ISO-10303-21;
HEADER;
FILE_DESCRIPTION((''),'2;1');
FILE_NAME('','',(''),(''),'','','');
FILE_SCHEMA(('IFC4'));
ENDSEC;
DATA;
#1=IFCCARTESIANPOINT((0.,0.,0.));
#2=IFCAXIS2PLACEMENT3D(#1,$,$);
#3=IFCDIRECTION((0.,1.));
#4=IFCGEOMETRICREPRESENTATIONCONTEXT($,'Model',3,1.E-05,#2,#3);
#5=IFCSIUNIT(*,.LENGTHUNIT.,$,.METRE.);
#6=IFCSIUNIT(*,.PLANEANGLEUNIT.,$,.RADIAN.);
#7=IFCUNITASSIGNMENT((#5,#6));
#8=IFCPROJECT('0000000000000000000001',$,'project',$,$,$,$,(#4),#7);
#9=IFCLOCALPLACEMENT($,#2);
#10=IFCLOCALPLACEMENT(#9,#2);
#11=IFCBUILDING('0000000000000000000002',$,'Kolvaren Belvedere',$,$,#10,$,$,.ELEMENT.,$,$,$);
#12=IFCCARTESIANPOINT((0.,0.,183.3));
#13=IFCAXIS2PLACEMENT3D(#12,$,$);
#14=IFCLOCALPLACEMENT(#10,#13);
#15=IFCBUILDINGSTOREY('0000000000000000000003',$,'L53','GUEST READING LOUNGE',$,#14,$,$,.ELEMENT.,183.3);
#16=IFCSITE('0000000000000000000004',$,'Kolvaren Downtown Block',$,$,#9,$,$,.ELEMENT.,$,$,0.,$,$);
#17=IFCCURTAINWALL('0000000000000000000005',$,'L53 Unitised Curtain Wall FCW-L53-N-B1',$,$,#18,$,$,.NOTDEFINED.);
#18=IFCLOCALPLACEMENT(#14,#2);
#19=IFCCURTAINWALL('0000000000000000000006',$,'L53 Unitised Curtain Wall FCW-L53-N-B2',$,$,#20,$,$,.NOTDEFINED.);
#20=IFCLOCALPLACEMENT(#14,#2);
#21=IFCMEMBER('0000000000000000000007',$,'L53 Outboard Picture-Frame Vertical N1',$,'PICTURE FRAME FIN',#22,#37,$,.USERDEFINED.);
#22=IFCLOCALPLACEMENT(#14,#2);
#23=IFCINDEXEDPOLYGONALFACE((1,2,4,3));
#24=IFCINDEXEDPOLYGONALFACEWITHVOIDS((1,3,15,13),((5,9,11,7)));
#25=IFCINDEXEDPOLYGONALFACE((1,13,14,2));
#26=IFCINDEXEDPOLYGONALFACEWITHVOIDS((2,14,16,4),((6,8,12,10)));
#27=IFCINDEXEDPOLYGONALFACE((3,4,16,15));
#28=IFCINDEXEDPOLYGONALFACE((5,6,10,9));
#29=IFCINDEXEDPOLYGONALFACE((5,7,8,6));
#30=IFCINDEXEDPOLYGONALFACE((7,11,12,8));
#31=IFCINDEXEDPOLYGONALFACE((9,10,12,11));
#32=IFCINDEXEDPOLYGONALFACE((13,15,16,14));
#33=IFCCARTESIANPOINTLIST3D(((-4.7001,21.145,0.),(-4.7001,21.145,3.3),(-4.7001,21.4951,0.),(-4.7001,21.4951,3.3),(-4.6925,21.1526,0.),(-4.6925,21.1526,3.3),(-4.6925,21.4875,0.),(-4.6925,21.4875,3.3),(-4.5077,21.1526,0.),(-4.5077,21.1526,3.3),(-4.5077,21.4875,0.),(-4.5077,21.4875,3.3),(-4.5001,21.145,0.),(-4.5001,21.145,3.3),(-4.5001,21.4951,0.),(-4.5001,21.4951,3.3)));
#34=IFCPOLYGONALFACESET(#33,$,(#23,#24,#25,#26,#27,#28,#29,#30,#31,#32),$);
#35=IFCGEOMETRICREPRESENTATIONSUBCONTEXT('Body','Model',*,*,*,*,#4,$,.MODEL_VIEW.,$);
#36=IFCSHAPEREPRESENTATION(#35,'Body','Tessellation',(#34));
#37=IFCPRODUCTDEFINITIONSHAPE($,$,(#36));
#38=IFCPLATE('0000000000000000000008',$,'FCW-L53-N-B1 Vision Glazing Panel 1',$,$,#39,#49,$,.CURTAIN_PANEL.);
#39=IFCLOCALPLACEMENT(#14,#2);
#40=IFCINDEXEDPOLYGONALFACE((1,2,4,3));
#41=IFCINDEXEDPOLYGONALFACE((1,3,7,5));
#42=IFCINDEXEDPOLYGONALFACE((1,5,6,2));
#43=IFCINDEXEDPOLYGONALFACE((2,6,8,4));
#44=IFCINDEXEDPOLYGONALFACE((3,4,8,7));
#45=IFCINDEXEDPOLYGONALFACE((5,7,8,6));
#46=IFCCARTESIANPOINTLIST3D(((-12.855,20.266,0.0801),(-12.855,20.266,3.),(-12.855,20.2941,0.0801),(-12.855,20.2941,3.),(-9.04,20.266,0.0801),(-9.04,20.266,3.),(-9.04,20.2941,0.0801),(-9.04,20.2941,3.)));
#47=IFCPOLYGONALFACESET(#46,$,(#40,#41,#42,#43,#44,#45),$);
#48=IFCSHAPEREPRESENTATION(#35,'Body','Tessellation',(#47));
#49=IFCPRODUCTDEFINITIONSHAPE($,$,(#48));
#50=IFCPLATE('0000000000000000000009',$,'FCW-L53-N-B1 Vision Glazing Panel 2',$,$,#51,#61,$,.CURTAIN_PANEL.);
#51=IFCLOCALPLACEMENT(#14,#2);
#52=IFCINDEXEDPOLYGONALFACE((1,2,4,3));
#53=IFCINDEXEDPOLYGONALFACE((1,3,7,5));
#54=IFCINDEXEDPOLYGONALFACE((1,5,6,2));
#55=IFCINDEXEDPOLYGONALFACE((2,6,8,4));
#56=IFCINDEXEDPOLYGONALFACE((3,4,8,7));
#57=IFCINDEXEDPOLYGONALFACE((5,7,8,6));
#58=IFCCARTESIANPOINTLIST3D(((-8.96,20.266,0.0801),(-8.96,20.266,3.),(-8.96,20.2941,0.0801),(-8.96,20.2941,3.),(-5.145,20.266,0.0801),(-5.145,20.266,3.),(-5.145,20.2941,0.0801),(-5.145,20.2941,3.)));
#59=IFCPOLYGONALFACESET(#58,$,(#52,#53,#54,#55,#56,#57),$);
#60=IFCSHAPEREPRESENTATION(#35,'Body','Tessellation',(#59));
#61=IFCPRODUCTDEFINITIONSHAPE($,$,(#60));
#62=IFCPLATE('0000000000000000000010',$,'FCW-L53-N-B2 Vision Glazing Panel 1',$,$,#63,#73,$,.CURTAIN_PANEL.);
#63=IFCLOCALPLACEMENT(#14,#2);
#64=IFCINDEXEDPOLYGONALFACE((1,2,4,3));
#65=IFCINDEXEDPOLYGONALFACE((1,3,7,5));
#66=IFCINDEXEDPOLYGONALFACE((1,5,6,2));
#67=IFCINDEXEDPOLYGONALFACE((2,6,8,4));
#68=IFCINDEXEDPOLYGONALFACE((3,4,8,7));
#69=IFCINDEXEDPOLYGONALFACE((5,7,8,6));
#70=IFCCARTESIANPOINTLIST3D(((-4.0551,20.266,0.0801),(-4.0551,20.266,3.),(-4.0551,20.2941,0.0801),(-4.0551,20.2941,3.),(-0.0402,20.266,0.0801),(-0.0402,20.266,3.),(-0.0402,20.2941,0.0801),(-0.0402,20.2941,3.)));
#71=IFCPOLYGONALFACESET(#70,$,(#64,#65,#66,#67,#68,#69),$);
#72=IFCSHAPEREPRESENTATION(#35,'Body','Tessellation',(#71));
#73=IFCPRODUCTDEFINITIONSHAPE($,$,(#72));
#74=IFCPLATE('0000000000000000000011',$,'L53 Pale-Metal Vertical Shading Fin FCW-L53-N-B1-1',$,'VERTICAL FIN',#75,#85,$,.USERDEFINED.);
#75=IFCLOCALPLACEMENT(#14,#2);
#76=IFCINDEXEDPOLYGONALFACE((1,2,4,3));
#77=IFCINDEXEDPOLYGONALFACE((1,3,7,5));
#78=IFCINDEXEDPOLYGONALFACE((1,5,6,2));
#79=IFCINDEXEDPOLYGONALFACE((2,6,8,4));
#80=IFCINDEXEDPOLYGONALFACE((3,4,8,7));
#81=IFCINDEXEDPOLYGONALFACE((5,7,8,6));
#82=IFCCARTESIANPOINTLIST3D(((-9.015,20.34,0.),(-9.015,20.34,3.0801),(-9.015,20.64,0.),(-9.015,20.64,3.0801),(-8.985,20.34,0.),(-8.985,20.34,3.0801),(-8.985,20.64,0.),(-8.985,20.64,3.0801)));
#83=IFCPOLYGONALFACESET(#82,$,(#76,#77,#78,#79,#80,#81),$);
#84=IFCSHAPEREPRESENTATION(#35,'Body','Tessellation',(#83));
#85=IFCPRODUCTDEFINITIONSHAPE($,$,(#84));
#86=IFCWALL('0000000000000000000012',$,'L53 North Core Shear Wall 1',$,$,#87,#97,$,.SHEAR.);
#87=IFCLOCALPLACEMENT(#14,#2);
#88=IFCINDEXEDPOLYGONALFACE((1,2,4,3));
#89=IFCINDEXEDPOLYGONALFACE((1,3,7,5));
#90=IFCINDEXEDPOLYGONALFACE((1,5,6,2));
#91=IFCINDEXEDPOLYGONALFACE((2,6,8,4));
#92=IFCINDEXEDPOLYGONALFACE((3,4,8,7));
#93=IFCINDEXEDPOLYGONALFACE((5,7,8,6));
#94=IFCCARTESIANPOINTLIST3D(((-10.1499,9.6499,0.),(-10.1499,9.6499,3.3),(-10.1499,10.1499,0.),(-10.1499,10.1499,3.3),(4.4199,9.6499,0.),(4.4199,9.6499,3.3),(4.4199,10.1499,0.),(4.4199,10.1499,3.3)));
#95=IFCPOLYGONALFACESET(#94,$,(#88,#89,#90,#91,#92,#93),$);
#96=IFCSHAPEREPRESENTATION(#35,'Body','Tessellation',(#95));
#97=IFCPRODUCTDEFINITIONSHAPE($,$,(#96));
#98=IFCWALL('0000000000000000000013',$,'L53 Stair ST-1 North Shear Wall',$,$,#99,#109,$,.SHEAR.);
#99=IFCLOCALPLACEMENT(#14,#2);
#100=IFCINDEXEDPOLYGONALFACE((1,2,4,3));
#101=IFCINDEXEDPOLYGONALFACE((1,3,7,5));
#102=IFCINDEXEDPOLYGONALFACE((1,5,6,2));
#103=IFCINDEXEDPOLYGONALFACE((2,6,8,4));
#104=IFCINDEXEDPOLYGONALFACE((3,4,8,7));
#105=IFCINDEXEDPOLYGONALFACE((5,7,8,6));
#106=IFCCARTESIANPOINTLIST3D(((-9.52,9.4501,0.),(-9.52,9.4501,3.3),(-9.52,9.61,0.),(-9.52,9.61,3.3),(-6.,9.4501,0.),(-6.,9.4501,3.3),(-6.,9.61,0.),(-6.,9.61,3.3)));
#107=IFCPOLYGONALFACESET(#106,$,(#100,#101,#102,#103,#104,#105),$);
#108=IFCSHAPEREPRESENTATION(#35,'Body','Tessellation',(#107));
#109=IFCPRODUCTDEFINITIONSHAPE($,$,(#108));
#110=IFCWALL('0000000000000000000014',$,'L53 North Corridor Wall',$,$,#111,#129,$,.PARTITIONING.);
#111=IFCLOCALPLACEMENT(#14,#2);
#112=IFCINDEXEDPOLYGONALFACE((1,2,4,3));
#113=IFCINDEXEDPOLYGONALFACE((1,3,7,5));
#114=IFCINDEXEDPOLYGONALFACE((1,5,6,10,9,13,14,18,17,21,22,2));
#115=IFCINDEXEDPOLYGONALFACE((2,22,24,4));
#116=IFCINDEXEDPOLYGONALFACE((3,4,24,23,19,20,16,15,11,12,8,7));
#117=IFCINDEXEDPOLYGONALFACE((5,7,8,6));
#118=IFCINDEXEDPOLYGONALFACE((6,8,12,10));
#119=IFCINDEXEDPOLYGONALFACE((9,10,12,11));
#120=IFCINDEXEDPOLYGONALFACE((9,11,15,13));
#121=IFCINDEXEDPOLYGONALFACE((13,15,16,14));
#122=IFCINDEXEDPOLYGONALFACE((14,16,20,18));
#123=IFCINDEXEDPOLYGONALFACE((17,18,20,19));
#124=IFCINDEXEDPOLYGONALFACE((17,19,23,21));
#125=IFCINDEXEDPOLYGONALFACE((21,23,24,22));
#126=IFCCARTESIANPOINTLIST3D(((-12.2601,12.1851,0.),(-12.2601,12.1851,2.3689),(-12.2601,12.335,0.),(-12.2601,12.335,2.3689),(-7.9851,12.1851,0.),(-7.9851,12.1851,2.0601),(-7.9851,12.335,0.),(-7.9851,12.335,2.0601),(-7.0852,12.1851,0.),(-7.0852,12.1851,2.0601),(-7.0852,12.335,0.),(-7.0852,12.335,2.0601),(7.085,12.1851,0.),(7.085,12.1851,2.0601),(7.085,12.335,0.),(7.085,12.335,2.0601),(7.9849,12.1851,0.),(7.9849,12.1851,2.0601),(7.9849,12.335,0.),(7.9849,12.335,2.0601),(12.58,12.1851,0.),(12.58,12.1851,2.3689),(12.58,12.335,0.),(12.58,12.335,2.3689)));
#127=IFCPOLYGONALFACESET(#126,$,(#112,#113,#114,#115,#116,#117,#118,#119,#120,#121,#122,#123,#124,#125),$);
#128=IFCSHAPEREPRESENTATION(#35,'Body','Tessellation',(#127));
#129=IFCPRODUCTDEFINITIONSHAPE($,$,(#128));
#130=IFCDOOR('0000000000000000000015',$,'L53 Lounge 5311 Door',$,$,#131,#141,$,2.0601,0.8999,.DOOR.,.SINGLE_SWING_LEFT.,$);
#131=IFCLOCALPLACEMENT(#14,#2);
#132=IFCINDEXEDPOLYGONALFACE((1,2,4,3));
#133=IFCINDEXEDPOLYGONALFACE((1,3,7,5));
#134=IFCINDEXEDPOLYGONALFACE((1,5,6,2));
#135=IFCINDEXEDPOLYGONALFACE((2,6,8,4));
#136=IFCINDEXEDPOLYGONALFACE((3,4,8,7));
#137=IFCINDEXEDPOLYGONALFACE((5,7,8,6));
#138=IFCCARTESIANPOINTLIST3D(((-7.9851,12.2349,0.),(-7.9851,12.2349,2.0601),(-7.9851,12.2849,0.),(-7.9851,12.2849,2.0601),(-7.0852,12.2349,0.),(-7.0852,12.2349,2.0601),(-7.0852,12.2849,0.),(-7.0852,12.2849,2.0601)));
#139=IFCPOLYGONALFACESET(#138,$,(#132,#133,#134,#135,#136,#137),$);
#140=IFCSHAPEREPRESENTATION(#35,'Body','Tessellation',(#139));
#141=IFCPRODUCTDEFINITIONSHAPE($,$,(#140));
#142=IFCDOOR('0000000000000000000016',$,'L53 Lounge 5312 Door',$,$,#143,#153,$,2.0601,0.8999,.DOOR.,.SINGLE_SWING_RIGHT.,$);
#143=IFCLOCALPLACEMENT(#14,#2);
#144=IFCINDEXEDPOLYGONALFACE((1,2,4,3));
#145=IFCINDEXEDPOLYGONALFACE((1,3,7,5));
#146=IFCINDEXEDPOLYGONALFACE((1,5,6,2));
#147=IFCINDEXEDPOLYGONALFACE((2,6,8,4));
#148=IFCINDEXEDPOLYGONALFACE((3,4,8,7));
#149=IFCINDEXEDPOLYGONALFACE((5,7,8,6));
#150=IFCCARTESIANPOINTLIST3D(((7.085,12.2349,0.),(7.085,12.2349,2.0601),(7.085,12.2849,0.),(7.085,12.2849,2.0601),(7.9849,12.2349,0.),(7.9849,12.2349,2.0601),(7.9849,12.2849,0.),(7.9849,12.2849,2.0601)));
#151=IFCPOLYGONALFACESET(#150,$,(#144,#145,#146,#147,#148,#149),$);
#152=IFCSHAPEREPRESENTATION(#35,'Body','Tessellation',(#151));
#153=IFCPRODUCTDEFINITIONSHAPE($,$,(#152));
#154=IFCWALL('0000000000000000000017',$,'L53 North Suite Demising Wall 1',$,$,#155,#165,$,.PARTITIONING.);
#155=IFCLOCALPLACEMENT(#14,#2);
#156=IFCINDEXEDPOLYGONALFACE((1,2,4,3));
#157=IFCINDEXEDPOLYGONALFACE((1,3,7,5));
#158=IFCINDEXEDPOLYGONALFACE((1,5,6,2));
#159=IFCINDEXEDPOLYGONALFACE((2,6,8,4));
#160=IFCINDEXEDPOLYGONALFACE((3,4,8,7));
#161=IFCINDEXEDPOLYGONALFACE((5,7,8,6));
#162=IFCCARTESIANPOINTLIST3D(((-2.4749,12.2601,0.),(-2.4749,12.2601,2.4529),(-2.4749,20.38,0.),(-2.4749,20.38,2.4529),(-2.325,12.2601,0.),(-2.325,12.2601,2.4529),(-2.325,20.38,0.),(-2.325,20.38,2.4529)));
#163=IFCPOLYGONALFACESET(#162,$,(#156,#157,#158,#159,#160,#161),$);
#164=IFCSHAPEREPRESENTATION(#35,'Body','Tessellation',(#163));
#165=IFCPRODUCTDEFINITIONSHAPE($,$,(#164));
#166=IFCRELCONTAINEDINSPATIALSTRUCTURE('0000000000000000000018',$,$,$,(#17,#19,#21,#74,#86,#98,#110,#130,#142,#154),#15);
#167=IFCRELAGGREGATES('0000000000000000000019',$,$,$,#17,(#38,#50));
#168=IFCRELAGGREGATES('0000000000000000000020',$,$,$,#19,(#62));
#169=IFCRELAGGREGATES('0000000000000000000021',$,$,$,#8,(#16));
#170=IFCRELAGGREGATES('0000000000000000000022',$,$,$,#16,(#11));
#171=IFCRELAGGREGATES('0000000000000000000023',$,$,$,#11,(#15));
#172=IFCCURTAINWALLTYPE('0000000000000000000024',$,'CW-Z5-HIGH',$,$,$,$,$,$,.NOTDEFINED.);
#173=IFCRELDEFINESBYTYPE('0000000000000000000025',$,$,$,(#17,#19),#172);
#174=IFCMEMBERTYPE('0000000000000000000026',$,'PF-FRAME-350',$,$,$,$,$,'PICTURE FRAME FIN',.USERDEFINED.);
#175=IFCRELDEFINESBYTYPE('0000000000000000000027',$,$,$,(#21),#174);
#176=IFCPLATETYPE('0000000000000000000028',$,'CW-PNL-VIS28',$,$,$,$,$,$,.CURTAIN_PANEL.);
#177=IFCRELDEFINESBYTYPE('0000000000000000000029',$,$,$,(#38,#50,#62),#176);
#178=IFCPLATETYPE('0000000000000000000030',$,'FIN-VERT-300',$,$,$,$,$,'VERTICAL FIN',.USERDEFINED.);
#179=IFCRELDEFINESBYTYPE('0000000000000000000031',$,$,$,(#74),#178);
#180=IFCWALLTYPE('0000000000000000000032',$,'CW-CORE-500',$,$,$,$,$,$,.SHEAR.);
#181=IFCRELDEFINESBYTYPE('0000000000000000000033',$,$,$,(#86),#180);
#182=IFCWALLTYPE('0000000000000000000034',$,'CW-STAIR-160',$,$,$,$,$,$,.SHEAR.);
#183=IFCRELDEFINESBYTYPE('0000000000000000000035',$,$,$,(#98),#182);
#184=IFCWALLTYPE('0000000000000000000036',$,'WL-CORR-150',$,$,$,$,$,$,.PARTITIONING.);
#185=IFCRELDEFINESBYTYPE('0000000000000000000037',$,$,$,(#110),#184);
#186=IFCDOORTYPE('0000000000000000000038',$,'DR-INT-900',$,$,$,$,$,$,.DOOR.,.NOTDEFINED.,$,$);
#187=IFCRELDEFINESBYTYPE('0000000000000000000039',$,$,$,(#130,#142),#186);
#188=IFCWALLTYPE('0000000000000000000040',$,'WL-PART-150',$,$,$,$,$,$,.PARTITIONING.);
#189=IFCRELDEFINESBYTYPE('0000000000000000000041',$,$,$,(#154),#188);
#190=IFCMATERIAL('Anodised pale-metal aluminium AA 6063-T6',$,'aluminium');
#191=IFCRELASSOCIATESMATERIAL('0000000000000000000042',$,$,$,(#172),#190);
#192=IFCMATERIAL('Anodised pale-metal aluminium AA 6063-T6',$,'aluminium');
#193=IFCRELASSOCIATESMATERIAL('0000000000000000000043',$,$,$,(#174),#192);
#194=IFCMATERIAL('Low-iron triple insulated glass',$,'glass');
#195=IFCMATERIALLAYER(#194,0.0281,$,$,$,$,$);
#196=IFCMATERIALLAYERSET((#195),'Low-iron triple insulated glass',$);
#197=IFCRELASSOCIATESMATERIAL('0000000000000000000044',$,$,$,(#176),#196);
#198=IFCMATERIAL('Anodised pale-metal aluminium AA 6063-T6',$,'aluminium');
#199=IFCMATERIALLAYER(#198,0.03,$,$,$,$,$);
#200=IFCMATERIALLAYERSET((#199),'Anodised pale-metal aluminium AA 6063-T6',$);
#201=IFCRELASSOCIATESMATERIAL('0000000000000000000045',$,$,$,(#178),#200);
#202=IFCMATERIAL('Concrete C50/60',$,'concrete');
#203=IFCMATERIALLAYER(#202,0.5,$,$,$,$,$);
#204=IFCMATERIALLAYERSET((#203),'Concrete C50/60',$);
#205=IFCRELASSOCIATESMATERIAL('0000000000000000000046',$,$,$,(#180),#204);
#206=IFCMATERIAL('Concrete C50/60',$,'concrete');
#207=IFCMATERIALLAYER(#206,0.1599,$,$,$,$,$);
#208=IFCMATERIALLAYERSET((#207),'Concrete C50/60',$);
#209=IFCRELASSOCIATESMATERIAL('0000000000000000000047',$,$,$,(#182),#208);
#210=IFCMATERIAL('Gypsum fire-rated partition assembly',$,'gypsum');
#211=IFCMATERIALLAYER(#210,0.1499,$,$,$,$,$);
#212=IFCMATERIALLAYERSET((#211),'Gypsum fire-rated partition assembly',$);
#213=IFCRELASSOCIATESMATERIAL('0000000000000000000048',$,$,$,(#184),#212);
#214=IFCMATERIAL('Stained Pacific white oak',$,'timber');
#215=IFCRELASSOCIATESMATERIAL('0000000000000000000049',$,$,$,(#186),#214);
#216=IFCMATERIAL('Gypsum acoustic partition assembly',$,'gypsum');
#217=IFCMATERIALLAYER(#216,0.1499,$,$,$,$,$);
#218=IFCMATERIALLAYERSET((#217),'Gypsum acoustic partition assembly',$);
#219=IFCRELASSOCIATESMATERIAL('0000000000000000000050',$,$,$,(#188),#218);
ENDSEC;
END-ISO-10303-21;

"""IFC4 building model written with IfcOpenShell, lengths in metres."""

from ifc_helpers import new_model, si_unit, direction, frame, frame_2d, origin, origin_2d, place, context, subcontext, project, spatial, rectangle, hollow_rectangle, extrude, material, layer, layer_set, material_profile, profile_set, type_object, element, fill, aggregate, save


model = new_model("IFC4")

# Units and contexts
model_context = context("Model", 3, precision=1e-05, world=origin(), true_north=direction((0.0, 1.0)))
body_context = subcontext(model_context, "Body", "Model", "MODEL_VIEW")
ifc_project = project(units=[si_unit("LENGTHUNIT", "METRE"), si_unit("PLANEANGLEUNIT", "RADIAN")], contexts=[model_context])

# Site, building, storey
site_placement = place(None, origin())
site = spatial("IfcSite", under=ifc_project, at=site_placement, Name="Kolvaren Downtown Block", CompositionType="ELEMENT", RefElevation=0.0)
building_placement = place(site_placement, origin())
building = spatial("IfcBuilding", under=site, at=building_placement, Name="Kolvaren Belvedere", CompositionType="ELEMENT")
storey_placement = place(building_placement, frame((0.0, 0.0, 183.3)))
storey = spatial("IfcBuildingStorey", under=building, at=storey_placement, Name="L53", Description="GUEST READING LOUNGE", CompositionType="ELEMENT", Elevation=183.3)

# Curtain wall
ifc_material_1 = material(Name="Anodised pale-metal aluminium AA 6063-T6", Category="aluminium")
curtain_wall_type = type_object("IfcCurtainWallType", Name="CW-Z5-HIGH", PredefinedType="NOTDEFINED", material=ifc_material_1)
curtain_wall_1_placement = place(storey_placement, origin())
curtain_wall_1 = element("IfcCurtainWall", 1, at=curtain_wall_1_placement, inside=storey, type_object=curtain_wall_type, Name="L53 Unitised Curtain Wall FCW-L53-N-B1", PredefinedType="NOTDEFINED")

# Curtain wall
curtain_wall_2_placement = place(storey_placement, origin())
curtain_wall_2 = element("IfcCurtainWall", 2, at=curtain_wall_2_placement, inside=storey, type_object=curtain_wall_type, Name="L53 Unitised Curtain Wall FCW-L53-N-B2", PredefinedType="NOTDEFINED")

# Member
ifc_material_2 = material(Name="Anodised pale-metal aluminium AA 6063-T6", Category="aluminium")
ifc_material_profile_1 = material_profile(ifc_material_2, hollow_rectangle(XDim=0.2, YDim=0.3501, WallThickness=0.0076, at=origin_2d()), Name="ALU-PF-350X200")
ifc_profile_set_1 = profile_set([ifc_material_profile_1], Name="Anodised pale-metal aluminium AA 6063-T6")
member_type_1 = type_object("IfcMemberType", Name="PF-FRAME-350", ElementType="PICTURE FRAME FIN", PredefinedType="USERDEFINED", material=ifc_profile_set_1)
member_1_placement = place(storey_placement, frame((-4.6001, 21.3201, 0.0), z_axis=(0.0, 0.0, 1.0), x_axis=(1.0, 0.0, 0.0)))
element("IfcMember", 3, at=member_1_placement, inside=storey, type_object=member_type_1, Name="L53 Outboard Picture-Frame Vertical N1", ObjectType="PICTURE FRAME FIN", PredefinedType="USERDEFINED", context=body_context, shape_type="SweptSolid", body=[
    extrude(hollow_rectangle(XDim=0.2, YDim=0.3501, WallThickness=0.0076, at=origin_2d()), origin(), (0.0, 0.0, 1.0), 3.3),
])

# Plates
ifc_material_3 = material(Name="Low-iron triple insulated glass", Category="glass")
ifc_layer_1 = layer(ifc_material_3, 0.0281)
ifc_layer_set_1 = layer_set([ifc_layer_1], Name="Low-iron triple insulated glass")
plate_type_1 = type_object("IfcPlateType", Name="CW-PNL-VIS28", PredefinedType="CURTAIN_PANEL", material=ifc_layer_set_1)
plate_1_placement = place(storey_placement, frame((-10.9475, 20.28, 0.0801), z_axis=(0.0, 0.0, 1.0), x_axis=(1.0, 0.0, 0.0)))
plate_1 = element("IfcPlate", 4, at=plate_1_placement, type_object=plate_type_1, Name="FCW-L53-N-B1 Vision Glazing Panel 1", PredefinedType="CURTAIN_PANEL", context=body_context, shape_type="SweptSolid", body=[
    extrude(rectangle(XDim=3.8149, YDim=0.0281, at=origin_2d()), origin(), (0.0, 0.0, 1.0), 2.9199),
])
plate_2_placement = place(storey_placement, frame((-7.0525, 20.28, 0.0801), z_axis=(0.0, 0.0, 1.0), x_axis=(1.0, 0.0, 0.0)))
plate_2 = element("IfcPlate", 5, at=plate_2_placement, type_object=plate_type_1, Name="FCW-L53-N-B1 Vision Glazing Panel 2", PredefinedType="CURTAIN_PANEL", context=body_context, shape_type="SweptSolid", body=[
    extrude(rectangle(XDim=3.8149, YDim=0.0281, at=origin_2d()), origin(), (0.0, 0.0, 1.0), 2.9199),
])
aggregate(curtain_wall_1, [plate_1, plate_2])
plate_3_placement = place(storey_placement, frame((-2.0476, 20.28, 0.0801), z_axis=(0.0, 0.0, 1.0), x_axis=(1.0, 0.0, 0.0)))
plate_3 = element("IfcPlate", 6, at=plate_3_placement, type_object=plate_type_1, Name="FCW-L53-N-B2 Vision Glazing Panel 1", PredefinedType="CURTAIN_PANEL", context=body_context, shape_type="SweptSolid", body=[
    extrude(rectangle(XDim=4.0149, YDim=0.0281, at=origin_2d()), origin(), (0.0, 0.0, 1.0), 2.9199),
])
aggregate(curtain_wall_2, [plate_3])
ifc_material_4 = material(Name="Anodised pale-metal aluminium AA 6063-T6", Category="aluminium")
ifc_layer_2 = layer(ifc_material_4, 0.03)
ifc_layer_set_2 = layer_set([ifc_layer_2], Name="Anodised pale-metal aluminium AA 6063-T6")
plate_type_2 = type_object("IfcPlateType", Name="FIN-VERT-300", ElementType="VERTICAL FIN", PredefinedType="USERDEFINED", material=ifc_layer_set_2)
plate_4_placement = place(storey_placement, frame((-9.0, 20.49, 0.0), z_axis=(0.0, 0.0, 1.0), x_axis=(0.0, 1.0, 0.0)))
element("IfcPlate", 7, at=plate_4_placement, inside=storey, type_object=plate_type_2, Name="L53 Pale-Metal Vertical Shading Fin FCW-L53-N-B1-1", ObjectType="VERTICAL FIN", PredefinedType="USERDEFINED", context=body_context, shape_type="SweptSolid", body=[
    extrude(rectangle(XDim=0.3, YDim=0.03, at=origin_2d()), origin(), (0.0, 0.0, 1.0), 3.0801),
])

# Walls
ifc_material_5 = material(Name="Concrete C50/60", Category="concrete")
ifc_layer_3 = layer(ifc_material_5, 0.5)
ifc_layer_set_3 = layer_set([ifc_layer_3], Name="Concrete C50/60")
wall_type_1 = type_object("IfcWallType", Name="CW-CORE-500", PredefinedType="SHEAR", material=ifc_layer_set_3)
wall_1_placement = place(storey_placement, frame((-10.1499, 9.8999, 0.0), z_axis=(0.0, 0.0, 1.0), x_axis=(1.0, 0.0, 0.0)))
element("IfcWall", 8, at=wall_1_placement, inside=storey, type_object=wall_type_1, Name="L53 North Core Shear Wall 1", PredefinedType="SHEAR", context=body_context, shape_type="SweptSolid", body=[
    extrude(rectangle(XDim=14.5698, YDim=0.5, at=frame_2d((7.2849, 0.0))), origin(), (0.0, 0.0, 1.0), 3.3),
])
ifc_material_6 = material(Name="Concrete C50/60", Category="concrete")
ifc_layer_4 = layer(ifc_material_6, 0.1599)
ifc_layer_set_4 = layer_set([ifc_layer_4], Name="Concrete C50/60")
wall_type_2 = type_object("IfcWallType", Name="CW-STAIR-160", PredefinedType="SHEAR", material=ifc_layer_set_4)
wall_2_placement = place(storey_placement, frame((-9.52, 9.53, 0.0), z_axis=(0.0, 0.0, 1.0), x_axis=(1.0, 0.0, 0.0)))
element("IfcWall", 9, at=wall_2_placement, inside=storey, type_object=wall_type_2, Name="L53 Stair ST-1 North Shear Wall", PredefinedType="SHEAR", context=body_context, shape_type="SweptSolid", body=[
    extrude(rectangle(XDim=3.52, YDim=0.1599, at=frame_2d((1.76, 0.0))), origin(), (0.0, 0.0, 1.0), 3.3),
])

# Wall, openings, doors
ifc_material_7 = material(Name="Gypsum fire-rated partition assembly", Category="gypsum")
ifc_layer_5 = layer(ifc_material_7, 0.1499)
ifc_layer_set_5 = layer_set([ifc_layer_5], Name="Gypsum fire-rated partition assembly")
wall_type_3 = type_object("IfcWallType", Name="WL-CORR-150", PredefinedType="PARTITIONING", material=ifc_layer_set_5)
wall_3_placement = place(storey_placement, frame((-12.26, 12.26, 0.0), z_axis=(0.0, 0.0, 1.0), x_axis=(1.0, 0.0, 0.0)))
wall_3 = element("IfcWall", 10, at=wall_3_placement, inside=storey, type_object=wall_type_3, Name="L53 North Corridor Wall", PredefinedType="PARTITIONING", context=body_context, shape_type="SweptSolid", body=[
    extrude(rectangle(XDim=24.8401, YDim=0.1499, at=frame_2d((12.4199, 0.0))), origin(), (0.0, 0.0, 1.0), 2.3689),
])
opening_1_placement = place(wall_3_placement, frame((4.2749, 0.0, 0.0)))
opening_1 = element("IfcOpeningElement", 11, at=opening_1_placement, cuts=wall_3, PredefinedType="OPENING", context=body_context, shape_type="SweptSolid", body=[
    extrude(rectangle(XDim=0.8999, YDim=2.0601, at=frame_2d((0.45, 1.03))), frame((0.0, 0.085, 0.0), z_axis=(0.0, -1.0, 0.0), x_axis=(1.0, 0.0, 0.0)), (0.0, 0.0, 1.0), 0.1699),
])
opening_2_placement = place(wall_3_placement, frame((19.345, 0.0, 0.0)))
opening_2 = element("IfcOpeningElement", 12, at=opening_2_placement, cuts=wall_3, PredefinedType="OPENING", context=body_context, shape_type="SweptSolid", body=[
    extrude(rectangle(XDim=0.8999, YDim=2.0601, at=frame_2d((0.45, 1.03))), frame((0.0, 0.085, 0.0), z_axis=(0.0, -1.0, 0.0), x_axis=(1.0, 0.0, 0.0)), (0.0, 0.0, 1.0), 0.1699),
])
ifc_material_8 = material(Name="Stained Pacific white oak", Category="timber")
door_type = type_object("IfcDoorType", Name="DR-INT-900", OperationType="NOTDEFINED", PredefinedType="DOOR", material=ifc_material_8)
door_1_placement = place(opening_1_placement, origin())
door_1 = element("IfcDoor", 13, at=door_1_placement, inside=storey, type_object=door_type, Name="L53 Lounge 5311 Door", OperationType="SINGLE_SWING_LEFT", OverallHeight=2.0601, OverallWidth=0.8999, PredefinedType="DOOR", context=body_context, shape_type="SweptSolid", body=[
    extrude(rectangle(XDim=0.8999, YDim=2.0601, at=frame_2d((0.45, 1.03))), frame((0.0, 0.0249, 0.0), z_axis=(0.0, -1.0, 0.0), x_axis=(1.0, 0.0, 0.0)), (0.0, 0.0, 1.0), 0.05),
])
fill(opening_1, door_1)
door_2_placement = place(opening_2_placement, origin())
door_2 = element("IfcDoor", 14, at=door_2_placement, inside=storey, type_object=door_type, Name="L53 Lounge 5312 Door", OperationType="SINGLE_SWING_RIGHT", OverallHeight=2.0601, OverallWidth=0.8999, PredefinedType="DOOR", context=body_context, shape_type="SweptSolid", body=[
    extrude(rectangle(XDim=0.8999, YDim=2.0601, at=frame_2d((0.45, 1.03))), frame((0.0, 0.0249, 0.0), z_axis=(0.0, -1.0, 0.0), x_axis=(1.0, 0.0, 0.0)), (0.0, 0.0, 1.0), 0.05),
])
fill(opening_2, door_2)

# Wall
ifc_material_9 = material(Name="Gypsum acoustic partition assembly", Category="gypsum")
ifc_layer_6 = layer(ifc_material_9, 0.1499)
ifc_layer_set_6 = layer_set([ifc_layer_6], Name="Gypsum acoustic partition assembly")
wall_type_4 = type_object("IfcWallType", Name="WL-PART-150", PredefinedType="PARTITIONING", material=ifc_layer_set_6)
wall_4_placement = place(storey_placement, frame((-2.3999, 12.26, 0.0), z_axis=(0.0, 0.0, 1.0), x_axis=(0.0, 1.0, 0.0)))
element("IfcWall", 15, at=wall_4_placement, inside=storey, type_object=wall_type_4, Name="L53 North Suite Demising Wall 1", PredefinedType="PARTITIONING", context=body_context, shape_type="SweptSolid", body=[
    extrude(rectangle(XDim=8.1199, YDim=0.1499, at=frame_2d((4.0601, 0.0))), origin(), (0.0, 0.0, 1.0), 2.4529),
])

save(model, "model.ifc")
